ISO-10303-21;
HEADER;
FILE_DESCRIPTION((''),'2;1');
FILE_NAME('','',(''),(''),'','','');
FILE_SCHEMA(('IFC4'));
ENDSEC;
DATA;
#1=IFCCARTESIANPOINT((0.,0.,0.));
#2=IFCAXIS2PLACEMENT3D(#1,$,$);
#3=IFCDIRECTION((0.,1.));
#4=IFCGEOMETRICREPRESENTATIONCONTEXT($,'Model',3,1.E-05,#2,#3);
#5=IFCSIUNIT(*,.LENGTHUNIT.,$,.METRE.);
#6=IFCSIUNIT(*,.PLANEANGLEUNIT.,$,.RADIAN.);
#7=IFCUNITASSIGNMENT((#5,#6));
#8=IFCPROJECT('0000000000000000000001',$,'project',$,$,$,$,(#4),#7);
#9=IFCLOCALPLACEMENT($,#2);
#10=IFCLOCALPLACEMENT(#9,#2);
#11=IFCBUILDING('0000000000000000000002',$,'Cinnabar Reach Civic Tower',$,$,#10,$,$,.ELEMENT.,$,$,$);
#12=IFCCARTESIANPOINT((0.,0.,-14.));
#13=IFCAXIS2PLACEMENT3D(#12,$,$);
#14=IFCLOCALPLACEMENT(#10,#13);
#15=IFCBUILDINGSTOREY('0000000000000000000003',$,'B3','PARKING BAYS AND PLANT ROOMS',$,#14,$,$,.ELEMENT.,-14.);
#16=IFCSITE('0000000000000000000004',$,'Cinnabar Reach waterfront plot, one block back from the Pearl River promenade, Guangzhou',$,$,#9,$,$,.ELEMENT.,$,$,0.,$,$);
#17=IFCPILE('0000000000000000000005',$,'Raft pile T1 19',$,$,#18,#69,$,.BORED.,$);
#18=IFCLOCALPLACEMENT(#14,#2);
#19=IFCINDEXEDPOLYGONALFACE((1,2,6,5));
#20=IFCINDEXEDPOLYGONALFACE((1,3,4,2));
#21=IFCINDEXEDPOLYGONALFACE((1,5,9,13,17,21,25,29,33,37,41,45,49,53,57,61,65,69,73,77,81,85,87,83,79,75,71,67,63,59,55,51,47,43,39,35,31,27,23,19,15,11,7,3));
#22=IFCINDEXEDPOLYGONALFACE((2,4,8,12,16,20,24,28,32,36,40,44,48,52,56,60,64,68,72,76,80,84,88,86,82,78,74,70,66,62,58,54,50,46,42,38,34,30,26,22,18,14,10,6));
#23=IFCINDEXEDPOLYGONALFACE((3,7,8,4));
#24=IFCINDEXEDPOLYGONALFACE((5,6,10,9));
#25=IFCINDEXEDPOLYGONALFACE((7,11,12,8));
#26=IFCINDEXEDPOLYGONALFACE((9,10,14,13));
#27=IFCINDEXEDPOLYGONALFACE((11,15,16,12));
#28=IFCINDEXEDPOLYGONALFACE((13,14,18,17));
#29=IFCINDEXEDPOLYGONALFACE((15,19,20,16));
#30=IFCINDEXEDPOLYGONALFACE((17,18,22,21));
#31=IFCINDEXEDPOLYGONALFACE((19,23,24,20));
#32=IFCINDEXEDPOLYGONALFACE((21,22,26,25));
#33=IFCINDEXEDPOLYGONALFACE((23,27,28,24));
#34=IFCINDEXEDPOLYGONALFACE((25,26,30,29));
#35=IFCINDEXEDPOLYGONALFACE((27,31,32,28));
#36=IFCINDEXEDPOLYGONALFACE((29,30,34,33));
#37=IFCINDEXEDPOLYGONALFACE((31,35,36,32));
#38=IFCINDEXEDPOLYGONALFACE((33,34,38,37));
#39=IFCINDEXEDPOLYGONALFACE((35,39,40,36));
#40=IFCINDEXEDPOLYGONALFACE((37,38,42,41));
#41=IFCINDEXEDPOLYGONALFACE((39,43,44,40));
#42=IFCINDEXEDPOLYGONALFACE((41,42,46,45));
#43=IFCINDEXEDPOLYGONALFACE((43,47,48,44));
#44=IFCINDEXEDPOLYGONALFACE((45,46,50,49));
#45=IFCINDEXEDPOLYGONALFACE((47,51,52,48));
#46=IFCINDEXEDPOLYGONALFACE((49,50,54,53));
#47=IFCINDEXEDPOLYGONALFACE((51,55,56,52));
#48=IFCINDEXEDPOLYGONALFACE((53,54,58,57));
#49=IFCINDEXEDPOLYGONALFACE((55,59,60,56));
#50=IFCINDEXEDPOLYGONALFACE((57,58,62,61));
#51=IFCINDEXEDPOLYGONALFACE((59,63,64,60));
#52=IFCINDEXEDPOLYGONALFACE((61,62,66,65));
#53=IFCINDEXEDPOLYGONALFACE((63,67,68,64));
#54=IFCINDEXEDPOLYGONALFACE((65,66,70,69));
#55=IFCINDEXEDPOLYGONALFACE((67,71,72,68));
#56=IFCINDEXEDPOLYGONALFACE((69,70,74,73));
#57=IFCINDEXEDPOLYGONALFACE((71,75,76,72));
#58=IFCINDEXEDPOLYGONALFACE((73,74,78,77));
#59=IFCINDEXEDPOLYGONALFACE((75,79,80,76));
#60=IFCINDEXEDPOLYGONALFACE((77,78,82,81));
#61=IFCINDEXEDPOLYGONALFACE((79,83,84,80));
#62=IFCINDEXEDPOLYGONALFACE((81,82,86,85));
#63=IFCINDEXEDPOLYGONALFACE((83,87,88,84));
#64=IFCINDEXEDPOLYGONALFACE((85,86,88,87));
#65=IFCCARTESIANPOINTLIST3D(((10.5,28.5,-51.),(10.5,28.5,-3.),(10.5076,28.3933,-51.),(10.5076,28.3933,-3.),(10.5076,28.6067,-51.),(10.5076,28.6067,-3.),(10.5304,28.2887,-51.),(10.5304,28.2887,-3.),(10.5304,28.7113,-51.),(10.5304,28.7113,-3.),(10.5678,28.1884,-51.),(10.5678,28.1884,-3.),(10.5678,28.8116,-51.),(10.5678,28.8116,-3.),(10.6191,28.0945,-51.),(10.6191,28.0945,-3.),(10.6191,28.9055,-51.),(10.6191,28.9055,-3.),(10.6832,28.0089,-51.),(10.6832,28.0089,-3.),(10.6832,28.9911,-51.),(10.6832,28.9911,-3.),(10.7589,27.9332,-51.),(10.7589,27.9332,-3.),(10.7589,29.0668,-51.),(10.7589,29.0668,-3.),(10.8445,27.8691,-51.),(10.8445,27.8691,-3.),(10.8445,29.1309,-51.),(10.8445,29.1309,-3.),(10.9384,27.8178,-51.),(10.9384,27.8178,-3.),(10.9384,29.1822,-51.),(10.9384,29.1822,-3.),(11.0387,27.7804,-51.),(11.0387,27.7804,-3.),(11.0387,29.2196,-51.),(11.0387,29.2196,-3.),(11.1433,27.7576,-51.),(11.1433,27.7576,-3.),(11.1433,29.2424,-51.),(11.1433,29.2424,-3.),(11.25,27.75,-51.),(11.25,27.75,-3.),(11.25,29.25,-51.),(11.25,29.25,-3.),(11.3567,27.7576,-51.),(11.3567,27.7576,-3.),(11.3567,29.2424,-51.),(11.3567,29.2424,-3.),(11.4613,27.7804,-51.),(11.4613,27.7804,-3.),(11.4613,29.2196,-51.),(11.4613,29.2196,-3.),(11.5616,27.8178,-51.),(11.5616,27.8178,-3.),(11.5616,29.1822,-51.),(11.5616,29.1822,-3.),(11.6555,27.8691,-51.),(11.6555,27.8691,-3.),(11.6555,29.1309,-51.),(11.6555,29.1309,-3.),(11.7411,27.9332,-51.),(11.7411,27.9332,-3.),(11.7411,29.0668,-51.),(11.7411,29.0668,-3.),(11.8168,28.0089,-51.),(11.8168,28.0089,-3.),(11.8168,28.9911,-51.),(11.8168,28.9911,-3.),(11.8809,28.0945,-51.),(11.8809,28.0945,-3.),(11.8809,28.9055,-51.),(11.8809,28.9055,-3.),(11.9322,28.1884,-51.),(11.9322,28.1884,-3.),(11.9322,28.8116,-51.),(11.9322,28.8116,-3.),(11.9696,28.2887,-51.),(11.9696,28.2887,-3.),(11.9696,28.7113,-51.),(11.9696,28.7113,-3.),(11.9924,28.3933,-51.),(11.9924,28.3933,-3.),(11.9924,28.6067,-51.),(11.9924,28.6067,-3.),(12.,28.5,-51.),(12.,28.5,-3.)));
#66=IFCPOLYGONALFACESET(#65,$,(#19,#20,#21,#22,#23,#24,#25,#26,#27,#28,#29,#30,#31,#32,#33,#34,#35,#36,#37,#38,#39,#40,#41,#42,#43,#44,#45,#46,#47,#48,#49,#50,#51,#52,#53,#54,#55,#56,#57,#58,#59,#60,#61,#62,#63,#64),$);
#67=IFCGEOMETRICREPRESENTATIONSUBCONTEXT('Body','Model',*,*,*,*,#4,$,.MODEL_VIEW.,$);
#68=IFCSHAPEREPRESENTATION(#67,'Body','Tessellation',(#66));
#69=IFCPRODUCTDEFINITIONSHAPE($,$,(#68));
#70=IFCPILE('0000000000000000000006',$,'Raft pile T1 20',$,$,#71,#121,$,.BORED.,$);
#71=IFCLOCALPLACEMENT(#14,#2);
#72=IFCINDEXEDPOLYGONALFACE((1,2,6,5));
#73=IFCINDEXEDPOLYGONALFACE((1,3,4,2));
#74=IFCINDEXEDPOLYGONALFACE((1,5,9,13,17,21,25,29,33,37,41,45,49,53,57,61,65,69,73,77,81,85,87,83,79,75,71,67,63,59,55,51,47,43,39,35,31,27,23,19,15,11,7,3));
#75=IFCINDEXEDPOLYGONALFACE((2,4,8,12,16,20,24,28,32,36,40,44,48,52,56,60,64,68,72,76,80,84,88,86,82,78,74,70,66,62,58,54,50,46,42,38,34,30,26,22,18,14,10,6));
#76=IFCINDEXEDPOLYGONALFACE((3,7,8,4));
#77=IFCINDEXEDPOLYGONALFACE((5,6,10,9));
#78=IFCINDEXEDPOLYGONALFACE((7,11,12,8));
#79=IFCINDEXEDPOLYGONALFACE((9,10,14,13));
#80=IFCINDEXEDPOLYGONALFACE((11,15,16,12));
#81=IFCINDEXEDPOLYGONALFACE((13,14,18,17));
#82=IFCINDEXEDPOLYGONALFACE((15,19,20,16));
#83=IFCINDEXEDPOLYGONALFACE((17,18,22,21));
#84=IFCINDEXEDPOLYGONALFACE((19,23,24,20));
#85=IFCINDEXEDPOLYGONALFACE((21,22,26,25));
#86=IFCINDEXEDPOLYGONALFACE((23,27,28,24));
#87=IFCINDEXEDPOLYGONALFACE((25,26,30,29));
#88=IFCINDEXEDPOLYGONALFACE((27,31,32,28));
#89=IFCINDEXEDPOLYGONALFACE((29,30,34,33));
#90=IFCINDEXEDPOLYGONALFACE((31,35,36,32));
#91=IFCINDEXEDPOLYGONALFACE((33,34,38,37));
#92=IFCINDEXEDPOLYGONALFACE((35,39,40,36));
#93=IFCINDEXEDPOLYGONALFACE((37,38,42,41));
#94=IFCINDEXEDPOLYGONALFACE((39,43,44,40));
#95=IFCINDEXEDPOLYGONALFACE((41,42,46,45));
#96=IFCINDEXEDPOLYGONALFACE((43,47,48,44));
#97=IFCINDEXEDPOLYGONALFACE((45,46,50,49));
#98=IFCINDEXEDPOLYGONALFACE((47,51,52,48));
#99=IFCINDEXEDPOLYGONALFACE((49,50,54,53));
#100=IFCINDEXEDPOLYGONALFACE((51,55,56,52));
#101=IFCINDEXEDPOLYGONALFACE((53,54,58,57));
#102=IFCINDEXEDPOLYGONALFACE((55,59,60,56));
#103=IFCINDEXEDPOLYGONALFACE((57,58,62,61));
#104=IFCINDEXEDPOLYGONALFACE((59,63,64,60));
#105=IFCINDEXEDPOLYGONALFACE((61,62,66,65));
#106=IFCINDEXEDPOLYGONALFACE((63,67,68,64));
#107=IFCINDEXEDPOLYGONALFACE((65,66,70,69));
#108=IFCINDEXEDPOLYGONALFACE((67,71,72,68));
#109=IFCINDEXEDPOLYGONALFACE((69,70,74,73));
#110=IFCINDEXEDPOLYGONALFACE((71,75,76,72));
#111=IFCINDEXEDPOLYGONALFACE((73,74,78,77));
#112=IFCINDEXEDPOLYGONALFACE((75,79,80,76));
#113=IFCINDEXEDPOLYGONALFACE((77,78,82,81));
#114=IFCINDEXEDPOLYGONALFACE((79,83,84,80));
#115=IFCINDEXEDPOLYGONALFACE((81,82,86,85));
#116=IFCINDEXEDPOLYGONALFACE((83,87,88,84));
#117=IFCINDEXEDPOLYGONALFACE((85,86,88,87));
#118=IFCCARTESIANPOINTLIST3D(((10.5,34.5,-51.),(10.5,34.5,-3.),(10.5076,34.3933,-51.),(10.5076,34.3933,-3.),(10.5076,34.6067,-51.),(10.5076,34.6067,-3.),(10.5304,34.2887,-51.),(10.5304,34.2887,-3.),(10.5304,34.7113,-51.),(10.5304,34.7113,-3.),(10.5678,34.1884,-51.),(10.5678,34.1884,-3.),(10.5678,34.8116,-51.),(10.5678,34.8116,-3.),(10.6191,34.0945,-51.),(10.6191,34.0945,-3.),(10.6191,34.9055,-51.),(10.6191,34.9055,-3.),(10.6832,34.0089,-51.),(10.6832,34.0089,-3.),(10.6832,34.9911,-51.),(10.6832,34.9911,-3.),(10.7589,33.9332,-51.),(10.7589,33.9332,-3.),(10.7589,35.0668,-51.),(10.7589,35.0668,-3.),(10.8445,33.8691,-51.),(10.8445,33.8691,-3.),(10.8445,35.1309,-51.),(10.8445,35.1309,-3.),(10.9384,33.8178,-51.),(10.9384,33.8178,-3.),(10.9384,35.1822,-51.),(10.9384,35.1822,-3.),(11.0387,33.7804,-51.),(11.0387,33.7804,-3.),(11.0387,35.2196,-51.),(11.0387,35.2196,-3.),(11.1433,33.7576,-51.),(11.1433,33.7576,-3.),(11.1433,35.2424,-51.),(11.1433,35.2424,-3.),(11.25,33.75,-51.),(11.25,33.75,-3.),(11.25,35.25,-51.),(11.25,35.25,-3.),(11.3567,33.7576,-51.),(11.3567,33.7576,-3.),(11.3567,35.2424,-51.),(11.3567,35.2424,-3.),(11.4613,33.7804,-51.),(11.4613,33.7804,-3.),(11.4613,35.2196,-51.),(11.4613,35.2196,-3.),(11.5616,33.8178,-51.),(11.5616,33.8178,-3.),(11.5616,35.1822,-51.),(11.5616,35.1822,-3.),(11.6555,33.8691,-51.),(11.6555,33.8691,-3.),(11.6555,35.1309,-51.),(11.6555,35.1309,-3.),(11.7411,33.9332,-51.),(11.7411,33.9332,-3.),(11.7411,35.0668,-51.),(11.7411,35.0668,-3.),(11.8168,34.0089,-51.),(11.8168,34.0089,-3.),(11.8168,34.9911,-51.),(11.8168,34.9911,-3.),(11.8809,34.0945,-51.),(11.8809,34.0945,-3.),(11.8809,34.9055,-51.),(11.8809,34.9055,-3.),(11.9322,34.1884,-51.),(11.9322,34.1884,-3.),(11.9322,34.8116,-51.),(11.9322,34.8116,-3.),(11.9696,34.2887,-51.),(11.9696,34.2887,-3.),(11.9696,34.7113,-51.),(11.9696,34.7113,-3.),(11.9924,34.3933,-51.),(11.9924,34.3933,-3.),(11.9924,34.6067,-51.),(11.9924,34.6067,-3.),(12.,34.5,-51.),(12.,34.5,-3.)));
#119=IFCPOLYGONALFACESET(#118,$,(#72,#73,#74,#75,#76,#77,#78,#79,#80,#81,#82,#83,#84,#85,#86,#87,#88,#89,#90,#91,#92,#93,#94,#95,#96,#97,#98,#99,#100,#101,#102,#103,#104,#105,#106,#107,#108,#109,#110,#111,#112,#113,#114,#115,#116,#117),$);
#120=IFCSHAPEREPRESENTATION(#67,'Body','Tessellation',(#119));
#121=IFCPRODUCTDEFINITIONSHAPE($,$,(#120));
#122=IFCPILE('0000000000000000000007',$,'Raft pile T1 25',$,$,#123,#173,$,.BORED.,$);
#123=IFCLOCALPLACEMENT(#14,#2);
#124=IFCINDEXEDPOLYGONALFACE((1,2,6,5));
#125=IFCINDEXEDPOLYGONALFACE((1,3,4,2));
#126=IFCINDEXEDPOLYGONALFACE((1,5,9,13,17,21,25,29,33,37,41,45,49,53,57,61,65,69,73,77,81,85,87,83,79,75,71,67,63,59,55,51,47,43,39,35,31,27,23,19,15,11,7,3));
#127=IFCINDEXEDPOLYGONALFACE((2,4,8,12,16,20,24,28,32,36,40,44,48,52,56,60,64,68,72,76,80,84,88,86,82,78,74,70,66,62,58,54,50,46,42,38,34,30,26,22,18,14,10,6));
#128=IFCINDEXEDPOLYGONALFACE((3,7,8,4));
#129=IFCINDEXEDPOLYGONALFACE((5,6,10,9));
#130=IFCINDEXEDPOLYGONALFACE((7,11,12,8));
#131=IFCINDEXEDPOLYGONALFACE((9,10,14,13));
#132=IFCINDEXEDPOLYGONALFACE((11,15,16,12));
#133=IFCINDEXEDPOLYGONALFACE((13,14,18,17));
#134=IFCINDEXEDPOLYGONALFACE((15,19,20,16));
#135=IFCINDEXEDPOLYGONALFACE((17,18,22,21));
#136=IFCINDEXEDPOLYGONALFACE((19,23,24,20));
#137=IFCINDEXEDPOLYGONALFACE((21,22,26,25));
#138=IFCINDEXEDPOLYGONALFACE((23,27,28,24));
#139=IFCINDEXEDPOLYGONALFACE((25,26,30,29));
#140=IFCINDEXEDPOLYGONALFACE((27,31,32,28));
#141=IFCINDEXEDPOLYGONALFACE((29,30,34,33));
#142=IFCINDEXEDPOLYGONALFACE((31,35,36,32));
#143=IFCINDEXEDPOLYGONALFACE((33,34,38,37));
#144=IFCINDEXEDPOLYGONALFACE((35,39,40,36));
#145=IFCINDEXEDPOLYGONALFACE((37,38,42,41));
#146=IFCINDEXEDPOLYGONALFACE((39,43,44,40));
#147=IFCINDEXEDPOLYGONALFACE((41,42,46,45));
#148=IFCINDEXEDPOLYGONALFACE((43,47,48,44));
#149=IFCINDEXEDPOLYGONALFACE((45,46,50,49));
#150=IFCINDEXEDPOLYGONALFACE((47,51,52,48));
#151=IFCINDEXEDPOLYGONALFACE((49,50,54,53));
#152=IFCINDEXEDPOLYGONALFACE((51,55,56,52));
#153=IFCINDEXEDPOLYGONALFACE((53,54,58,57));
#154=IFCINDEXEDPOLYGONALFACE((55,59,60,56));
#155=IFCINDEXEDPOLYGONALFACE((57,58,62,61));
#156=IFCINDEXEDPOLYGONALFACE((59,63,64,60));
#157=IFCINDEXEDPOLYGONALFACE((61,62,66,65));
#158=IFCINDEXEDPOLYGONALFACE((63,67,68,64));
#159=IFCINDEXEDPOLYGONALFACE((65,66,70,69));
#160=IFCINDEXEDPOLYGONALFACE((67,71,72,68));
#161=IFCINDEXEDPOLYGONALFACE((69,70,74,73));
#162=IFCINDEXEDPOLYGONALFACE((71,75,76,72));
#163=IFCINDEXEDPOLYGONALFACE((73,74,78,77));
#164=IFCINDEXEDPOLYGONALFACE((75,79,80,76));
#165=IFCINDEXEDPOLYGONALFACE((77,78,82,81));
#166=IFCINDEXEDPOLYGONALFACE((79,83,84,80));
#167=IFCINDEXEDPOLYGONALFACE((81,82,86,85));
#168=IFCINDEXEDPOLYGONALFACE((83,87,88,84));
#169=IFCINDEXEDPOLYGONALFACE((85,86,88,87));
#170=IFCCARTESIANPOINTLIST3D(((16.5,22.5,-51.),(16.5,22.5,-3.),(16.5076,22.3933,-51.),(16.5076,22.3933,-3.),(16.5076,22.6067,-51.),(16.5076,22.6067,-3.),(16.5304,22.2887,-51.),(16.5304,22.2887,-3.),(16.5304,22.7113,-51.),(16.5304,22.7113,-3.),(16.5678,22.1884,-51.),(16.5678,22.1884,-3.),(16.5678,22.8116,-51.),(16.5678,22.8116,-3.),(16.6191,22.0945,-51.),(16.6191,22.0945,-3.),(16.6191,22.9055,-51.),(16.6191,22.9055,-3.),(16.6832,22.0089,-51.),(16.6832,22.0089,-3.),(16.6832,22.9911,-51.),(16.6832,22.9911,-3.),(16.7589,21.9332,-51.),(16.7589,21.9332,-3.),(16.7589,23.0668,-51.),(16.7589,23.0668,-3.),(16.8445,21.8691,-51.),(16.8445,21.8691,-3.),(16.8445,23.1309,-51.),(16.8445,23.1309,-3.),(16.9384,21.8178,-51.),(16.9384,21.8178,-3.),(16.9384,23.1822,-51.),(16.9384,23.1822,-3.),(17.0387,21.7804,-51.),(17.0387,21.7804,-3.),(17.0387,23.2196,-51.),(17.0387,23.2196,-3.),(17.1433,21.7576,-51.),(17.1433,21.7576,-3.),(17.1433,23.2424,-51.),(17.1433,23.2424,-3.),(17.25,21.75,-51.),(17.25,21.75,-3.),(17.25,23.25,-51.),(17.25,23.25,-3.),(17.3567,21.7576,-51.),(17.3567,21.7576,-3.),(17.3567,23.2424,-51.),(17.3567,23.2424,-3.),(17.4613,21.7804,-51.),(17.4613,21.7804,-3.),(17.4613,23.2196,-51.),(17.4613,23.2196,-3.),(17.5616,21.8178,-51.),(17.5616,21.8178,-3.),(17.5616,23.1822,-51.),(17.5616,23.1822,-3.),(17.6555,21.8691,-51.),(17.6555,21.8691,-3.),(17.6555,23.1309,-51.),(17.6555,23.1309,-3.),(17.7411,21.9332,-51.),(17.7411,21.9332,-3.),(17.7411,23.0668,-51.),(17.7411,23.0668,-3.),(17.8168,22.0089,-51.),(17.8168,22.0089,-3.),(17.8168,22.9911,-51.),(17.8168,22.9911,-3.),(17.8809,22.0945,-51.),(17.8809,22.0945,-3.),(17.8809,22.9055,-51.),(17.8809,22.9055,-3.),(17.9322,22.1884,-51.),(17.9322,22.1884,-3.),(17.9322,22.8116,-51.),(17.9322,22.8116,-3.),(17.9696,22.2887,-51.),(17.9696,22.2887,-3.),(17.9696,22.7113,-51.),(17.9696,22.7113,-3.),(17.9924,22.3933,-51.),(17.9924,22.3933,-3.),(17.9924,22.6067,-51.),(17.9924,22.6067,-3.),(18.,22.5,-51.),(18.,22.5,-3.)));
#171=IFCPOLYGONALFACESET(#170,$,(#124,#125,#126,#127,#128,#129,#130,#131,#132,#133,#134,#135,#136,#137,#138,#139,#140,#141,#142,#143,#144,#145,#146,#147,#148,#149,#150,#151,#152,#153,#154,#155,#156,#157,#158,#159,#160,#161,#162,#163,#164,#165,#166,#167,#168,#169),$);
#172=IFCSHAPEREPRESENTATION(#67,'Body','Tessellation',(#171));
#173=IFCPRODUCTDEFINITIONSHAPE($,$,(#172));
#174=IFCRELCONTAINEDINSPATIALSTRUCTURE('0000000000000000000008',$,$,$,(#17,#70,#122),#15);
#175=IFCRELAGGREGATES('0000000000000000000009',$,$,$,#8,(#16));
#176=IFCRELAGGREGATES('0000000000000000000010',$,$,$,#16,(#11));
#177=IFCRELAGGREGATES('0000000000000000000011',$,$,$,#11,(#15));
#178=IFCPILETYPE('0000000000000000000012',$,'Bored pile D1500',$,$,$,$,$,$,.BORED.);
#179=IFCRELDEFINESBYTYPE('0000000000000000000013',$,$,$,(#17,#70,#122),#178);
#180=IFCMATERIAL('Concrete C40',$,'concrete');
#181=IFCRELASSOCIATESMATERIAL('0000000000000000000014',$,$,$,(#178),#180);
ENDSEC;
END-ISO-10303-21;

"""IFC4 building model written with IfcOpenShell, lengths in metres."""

from ifc_helpers import new_model, si_unit, direction, frame, origin, origin_2d, place, context, subcontext, project, spatial, circle, extrude, material, type_object, element, save


model = new_model("IFC4")

# Units and contexts
model_context = context("Model", 3, precision=1e-05, world=origin(), true_north=direction((0.0, 1.0)))
body_context = subcontext(model_context, "Body", "Model", "MODEL_VIEW")
ifc_project = project(units=[si_unit("LENGTHUNIT", "METRE"), si_unit("PLANEANGLEUNIT", "RADIAN")], contexts=[model_context])

# Site, building, storey
site_placement = place(None, origin())
site = spatial("IfcSite", under=ifc_project, at=site_placement, Name="Cinnabar Reach waterfront plot, one block back from the Pearl River promenade, Guangzhou", CompositionType="ELEMENT", RefElevation=0.0)
building_placement = place(site_placement, origin())
building = spatial("IfcBuilding", under=site, at=building_placement, Name="Cinnabar Reach Civic Tower", CompositionType="ELEMENT")
storey_placement = place(building_placement, frame((0.0, 0.0, -14.0)))
storey = spatial("IfcBuildingStorey", under=building, at=storey_placement, Name="B3", Description="PARKING BAYS AND PLANT ROOMS", CompositionType="ELEMENT", Elevation=-14.0)

# Piles
ifc_material_1 = material(Name="Concrete C40", Category="concrete")
pile_type = type_object("IfcPileType", Name="Bored pile D1500", PredefinedType="BORED", material=ifc_material_1)
for number, where, z_axis, x_axis, name in (
    (1, (11.25, 28.5, -3.0), (0.0, 0.0, -1.0), (1.0, 0.0, 0.0), "Raft pile T1 19"),
    (2, (11.25, 34.5, -3.0), (0.0, 0.0, -1.0), (1.0, 0.0, 0.0), "Raft pile T1 20"),
    (3, (17.25, 22.5, -3.0), (0.0, 0.0, -1.0), (1.0, 0.0, 0.0), "Raft pile T1 25"),
):
    element("IfcPile", number, at=place(storey_placement, frame(where, z_axis=z_axis, x_axis=x_axis)), inside=storey, type_object=pile_type, Name=name, PredefinedType="BORED", context=body_context, shape_type="SweptSolid", body=[
        extrude(circle(Radius=0.75, at=origin_2d()), origin(), (0.0, 0.0, 1.0), 48.0),
    ])

save(model, "model.ifc")
